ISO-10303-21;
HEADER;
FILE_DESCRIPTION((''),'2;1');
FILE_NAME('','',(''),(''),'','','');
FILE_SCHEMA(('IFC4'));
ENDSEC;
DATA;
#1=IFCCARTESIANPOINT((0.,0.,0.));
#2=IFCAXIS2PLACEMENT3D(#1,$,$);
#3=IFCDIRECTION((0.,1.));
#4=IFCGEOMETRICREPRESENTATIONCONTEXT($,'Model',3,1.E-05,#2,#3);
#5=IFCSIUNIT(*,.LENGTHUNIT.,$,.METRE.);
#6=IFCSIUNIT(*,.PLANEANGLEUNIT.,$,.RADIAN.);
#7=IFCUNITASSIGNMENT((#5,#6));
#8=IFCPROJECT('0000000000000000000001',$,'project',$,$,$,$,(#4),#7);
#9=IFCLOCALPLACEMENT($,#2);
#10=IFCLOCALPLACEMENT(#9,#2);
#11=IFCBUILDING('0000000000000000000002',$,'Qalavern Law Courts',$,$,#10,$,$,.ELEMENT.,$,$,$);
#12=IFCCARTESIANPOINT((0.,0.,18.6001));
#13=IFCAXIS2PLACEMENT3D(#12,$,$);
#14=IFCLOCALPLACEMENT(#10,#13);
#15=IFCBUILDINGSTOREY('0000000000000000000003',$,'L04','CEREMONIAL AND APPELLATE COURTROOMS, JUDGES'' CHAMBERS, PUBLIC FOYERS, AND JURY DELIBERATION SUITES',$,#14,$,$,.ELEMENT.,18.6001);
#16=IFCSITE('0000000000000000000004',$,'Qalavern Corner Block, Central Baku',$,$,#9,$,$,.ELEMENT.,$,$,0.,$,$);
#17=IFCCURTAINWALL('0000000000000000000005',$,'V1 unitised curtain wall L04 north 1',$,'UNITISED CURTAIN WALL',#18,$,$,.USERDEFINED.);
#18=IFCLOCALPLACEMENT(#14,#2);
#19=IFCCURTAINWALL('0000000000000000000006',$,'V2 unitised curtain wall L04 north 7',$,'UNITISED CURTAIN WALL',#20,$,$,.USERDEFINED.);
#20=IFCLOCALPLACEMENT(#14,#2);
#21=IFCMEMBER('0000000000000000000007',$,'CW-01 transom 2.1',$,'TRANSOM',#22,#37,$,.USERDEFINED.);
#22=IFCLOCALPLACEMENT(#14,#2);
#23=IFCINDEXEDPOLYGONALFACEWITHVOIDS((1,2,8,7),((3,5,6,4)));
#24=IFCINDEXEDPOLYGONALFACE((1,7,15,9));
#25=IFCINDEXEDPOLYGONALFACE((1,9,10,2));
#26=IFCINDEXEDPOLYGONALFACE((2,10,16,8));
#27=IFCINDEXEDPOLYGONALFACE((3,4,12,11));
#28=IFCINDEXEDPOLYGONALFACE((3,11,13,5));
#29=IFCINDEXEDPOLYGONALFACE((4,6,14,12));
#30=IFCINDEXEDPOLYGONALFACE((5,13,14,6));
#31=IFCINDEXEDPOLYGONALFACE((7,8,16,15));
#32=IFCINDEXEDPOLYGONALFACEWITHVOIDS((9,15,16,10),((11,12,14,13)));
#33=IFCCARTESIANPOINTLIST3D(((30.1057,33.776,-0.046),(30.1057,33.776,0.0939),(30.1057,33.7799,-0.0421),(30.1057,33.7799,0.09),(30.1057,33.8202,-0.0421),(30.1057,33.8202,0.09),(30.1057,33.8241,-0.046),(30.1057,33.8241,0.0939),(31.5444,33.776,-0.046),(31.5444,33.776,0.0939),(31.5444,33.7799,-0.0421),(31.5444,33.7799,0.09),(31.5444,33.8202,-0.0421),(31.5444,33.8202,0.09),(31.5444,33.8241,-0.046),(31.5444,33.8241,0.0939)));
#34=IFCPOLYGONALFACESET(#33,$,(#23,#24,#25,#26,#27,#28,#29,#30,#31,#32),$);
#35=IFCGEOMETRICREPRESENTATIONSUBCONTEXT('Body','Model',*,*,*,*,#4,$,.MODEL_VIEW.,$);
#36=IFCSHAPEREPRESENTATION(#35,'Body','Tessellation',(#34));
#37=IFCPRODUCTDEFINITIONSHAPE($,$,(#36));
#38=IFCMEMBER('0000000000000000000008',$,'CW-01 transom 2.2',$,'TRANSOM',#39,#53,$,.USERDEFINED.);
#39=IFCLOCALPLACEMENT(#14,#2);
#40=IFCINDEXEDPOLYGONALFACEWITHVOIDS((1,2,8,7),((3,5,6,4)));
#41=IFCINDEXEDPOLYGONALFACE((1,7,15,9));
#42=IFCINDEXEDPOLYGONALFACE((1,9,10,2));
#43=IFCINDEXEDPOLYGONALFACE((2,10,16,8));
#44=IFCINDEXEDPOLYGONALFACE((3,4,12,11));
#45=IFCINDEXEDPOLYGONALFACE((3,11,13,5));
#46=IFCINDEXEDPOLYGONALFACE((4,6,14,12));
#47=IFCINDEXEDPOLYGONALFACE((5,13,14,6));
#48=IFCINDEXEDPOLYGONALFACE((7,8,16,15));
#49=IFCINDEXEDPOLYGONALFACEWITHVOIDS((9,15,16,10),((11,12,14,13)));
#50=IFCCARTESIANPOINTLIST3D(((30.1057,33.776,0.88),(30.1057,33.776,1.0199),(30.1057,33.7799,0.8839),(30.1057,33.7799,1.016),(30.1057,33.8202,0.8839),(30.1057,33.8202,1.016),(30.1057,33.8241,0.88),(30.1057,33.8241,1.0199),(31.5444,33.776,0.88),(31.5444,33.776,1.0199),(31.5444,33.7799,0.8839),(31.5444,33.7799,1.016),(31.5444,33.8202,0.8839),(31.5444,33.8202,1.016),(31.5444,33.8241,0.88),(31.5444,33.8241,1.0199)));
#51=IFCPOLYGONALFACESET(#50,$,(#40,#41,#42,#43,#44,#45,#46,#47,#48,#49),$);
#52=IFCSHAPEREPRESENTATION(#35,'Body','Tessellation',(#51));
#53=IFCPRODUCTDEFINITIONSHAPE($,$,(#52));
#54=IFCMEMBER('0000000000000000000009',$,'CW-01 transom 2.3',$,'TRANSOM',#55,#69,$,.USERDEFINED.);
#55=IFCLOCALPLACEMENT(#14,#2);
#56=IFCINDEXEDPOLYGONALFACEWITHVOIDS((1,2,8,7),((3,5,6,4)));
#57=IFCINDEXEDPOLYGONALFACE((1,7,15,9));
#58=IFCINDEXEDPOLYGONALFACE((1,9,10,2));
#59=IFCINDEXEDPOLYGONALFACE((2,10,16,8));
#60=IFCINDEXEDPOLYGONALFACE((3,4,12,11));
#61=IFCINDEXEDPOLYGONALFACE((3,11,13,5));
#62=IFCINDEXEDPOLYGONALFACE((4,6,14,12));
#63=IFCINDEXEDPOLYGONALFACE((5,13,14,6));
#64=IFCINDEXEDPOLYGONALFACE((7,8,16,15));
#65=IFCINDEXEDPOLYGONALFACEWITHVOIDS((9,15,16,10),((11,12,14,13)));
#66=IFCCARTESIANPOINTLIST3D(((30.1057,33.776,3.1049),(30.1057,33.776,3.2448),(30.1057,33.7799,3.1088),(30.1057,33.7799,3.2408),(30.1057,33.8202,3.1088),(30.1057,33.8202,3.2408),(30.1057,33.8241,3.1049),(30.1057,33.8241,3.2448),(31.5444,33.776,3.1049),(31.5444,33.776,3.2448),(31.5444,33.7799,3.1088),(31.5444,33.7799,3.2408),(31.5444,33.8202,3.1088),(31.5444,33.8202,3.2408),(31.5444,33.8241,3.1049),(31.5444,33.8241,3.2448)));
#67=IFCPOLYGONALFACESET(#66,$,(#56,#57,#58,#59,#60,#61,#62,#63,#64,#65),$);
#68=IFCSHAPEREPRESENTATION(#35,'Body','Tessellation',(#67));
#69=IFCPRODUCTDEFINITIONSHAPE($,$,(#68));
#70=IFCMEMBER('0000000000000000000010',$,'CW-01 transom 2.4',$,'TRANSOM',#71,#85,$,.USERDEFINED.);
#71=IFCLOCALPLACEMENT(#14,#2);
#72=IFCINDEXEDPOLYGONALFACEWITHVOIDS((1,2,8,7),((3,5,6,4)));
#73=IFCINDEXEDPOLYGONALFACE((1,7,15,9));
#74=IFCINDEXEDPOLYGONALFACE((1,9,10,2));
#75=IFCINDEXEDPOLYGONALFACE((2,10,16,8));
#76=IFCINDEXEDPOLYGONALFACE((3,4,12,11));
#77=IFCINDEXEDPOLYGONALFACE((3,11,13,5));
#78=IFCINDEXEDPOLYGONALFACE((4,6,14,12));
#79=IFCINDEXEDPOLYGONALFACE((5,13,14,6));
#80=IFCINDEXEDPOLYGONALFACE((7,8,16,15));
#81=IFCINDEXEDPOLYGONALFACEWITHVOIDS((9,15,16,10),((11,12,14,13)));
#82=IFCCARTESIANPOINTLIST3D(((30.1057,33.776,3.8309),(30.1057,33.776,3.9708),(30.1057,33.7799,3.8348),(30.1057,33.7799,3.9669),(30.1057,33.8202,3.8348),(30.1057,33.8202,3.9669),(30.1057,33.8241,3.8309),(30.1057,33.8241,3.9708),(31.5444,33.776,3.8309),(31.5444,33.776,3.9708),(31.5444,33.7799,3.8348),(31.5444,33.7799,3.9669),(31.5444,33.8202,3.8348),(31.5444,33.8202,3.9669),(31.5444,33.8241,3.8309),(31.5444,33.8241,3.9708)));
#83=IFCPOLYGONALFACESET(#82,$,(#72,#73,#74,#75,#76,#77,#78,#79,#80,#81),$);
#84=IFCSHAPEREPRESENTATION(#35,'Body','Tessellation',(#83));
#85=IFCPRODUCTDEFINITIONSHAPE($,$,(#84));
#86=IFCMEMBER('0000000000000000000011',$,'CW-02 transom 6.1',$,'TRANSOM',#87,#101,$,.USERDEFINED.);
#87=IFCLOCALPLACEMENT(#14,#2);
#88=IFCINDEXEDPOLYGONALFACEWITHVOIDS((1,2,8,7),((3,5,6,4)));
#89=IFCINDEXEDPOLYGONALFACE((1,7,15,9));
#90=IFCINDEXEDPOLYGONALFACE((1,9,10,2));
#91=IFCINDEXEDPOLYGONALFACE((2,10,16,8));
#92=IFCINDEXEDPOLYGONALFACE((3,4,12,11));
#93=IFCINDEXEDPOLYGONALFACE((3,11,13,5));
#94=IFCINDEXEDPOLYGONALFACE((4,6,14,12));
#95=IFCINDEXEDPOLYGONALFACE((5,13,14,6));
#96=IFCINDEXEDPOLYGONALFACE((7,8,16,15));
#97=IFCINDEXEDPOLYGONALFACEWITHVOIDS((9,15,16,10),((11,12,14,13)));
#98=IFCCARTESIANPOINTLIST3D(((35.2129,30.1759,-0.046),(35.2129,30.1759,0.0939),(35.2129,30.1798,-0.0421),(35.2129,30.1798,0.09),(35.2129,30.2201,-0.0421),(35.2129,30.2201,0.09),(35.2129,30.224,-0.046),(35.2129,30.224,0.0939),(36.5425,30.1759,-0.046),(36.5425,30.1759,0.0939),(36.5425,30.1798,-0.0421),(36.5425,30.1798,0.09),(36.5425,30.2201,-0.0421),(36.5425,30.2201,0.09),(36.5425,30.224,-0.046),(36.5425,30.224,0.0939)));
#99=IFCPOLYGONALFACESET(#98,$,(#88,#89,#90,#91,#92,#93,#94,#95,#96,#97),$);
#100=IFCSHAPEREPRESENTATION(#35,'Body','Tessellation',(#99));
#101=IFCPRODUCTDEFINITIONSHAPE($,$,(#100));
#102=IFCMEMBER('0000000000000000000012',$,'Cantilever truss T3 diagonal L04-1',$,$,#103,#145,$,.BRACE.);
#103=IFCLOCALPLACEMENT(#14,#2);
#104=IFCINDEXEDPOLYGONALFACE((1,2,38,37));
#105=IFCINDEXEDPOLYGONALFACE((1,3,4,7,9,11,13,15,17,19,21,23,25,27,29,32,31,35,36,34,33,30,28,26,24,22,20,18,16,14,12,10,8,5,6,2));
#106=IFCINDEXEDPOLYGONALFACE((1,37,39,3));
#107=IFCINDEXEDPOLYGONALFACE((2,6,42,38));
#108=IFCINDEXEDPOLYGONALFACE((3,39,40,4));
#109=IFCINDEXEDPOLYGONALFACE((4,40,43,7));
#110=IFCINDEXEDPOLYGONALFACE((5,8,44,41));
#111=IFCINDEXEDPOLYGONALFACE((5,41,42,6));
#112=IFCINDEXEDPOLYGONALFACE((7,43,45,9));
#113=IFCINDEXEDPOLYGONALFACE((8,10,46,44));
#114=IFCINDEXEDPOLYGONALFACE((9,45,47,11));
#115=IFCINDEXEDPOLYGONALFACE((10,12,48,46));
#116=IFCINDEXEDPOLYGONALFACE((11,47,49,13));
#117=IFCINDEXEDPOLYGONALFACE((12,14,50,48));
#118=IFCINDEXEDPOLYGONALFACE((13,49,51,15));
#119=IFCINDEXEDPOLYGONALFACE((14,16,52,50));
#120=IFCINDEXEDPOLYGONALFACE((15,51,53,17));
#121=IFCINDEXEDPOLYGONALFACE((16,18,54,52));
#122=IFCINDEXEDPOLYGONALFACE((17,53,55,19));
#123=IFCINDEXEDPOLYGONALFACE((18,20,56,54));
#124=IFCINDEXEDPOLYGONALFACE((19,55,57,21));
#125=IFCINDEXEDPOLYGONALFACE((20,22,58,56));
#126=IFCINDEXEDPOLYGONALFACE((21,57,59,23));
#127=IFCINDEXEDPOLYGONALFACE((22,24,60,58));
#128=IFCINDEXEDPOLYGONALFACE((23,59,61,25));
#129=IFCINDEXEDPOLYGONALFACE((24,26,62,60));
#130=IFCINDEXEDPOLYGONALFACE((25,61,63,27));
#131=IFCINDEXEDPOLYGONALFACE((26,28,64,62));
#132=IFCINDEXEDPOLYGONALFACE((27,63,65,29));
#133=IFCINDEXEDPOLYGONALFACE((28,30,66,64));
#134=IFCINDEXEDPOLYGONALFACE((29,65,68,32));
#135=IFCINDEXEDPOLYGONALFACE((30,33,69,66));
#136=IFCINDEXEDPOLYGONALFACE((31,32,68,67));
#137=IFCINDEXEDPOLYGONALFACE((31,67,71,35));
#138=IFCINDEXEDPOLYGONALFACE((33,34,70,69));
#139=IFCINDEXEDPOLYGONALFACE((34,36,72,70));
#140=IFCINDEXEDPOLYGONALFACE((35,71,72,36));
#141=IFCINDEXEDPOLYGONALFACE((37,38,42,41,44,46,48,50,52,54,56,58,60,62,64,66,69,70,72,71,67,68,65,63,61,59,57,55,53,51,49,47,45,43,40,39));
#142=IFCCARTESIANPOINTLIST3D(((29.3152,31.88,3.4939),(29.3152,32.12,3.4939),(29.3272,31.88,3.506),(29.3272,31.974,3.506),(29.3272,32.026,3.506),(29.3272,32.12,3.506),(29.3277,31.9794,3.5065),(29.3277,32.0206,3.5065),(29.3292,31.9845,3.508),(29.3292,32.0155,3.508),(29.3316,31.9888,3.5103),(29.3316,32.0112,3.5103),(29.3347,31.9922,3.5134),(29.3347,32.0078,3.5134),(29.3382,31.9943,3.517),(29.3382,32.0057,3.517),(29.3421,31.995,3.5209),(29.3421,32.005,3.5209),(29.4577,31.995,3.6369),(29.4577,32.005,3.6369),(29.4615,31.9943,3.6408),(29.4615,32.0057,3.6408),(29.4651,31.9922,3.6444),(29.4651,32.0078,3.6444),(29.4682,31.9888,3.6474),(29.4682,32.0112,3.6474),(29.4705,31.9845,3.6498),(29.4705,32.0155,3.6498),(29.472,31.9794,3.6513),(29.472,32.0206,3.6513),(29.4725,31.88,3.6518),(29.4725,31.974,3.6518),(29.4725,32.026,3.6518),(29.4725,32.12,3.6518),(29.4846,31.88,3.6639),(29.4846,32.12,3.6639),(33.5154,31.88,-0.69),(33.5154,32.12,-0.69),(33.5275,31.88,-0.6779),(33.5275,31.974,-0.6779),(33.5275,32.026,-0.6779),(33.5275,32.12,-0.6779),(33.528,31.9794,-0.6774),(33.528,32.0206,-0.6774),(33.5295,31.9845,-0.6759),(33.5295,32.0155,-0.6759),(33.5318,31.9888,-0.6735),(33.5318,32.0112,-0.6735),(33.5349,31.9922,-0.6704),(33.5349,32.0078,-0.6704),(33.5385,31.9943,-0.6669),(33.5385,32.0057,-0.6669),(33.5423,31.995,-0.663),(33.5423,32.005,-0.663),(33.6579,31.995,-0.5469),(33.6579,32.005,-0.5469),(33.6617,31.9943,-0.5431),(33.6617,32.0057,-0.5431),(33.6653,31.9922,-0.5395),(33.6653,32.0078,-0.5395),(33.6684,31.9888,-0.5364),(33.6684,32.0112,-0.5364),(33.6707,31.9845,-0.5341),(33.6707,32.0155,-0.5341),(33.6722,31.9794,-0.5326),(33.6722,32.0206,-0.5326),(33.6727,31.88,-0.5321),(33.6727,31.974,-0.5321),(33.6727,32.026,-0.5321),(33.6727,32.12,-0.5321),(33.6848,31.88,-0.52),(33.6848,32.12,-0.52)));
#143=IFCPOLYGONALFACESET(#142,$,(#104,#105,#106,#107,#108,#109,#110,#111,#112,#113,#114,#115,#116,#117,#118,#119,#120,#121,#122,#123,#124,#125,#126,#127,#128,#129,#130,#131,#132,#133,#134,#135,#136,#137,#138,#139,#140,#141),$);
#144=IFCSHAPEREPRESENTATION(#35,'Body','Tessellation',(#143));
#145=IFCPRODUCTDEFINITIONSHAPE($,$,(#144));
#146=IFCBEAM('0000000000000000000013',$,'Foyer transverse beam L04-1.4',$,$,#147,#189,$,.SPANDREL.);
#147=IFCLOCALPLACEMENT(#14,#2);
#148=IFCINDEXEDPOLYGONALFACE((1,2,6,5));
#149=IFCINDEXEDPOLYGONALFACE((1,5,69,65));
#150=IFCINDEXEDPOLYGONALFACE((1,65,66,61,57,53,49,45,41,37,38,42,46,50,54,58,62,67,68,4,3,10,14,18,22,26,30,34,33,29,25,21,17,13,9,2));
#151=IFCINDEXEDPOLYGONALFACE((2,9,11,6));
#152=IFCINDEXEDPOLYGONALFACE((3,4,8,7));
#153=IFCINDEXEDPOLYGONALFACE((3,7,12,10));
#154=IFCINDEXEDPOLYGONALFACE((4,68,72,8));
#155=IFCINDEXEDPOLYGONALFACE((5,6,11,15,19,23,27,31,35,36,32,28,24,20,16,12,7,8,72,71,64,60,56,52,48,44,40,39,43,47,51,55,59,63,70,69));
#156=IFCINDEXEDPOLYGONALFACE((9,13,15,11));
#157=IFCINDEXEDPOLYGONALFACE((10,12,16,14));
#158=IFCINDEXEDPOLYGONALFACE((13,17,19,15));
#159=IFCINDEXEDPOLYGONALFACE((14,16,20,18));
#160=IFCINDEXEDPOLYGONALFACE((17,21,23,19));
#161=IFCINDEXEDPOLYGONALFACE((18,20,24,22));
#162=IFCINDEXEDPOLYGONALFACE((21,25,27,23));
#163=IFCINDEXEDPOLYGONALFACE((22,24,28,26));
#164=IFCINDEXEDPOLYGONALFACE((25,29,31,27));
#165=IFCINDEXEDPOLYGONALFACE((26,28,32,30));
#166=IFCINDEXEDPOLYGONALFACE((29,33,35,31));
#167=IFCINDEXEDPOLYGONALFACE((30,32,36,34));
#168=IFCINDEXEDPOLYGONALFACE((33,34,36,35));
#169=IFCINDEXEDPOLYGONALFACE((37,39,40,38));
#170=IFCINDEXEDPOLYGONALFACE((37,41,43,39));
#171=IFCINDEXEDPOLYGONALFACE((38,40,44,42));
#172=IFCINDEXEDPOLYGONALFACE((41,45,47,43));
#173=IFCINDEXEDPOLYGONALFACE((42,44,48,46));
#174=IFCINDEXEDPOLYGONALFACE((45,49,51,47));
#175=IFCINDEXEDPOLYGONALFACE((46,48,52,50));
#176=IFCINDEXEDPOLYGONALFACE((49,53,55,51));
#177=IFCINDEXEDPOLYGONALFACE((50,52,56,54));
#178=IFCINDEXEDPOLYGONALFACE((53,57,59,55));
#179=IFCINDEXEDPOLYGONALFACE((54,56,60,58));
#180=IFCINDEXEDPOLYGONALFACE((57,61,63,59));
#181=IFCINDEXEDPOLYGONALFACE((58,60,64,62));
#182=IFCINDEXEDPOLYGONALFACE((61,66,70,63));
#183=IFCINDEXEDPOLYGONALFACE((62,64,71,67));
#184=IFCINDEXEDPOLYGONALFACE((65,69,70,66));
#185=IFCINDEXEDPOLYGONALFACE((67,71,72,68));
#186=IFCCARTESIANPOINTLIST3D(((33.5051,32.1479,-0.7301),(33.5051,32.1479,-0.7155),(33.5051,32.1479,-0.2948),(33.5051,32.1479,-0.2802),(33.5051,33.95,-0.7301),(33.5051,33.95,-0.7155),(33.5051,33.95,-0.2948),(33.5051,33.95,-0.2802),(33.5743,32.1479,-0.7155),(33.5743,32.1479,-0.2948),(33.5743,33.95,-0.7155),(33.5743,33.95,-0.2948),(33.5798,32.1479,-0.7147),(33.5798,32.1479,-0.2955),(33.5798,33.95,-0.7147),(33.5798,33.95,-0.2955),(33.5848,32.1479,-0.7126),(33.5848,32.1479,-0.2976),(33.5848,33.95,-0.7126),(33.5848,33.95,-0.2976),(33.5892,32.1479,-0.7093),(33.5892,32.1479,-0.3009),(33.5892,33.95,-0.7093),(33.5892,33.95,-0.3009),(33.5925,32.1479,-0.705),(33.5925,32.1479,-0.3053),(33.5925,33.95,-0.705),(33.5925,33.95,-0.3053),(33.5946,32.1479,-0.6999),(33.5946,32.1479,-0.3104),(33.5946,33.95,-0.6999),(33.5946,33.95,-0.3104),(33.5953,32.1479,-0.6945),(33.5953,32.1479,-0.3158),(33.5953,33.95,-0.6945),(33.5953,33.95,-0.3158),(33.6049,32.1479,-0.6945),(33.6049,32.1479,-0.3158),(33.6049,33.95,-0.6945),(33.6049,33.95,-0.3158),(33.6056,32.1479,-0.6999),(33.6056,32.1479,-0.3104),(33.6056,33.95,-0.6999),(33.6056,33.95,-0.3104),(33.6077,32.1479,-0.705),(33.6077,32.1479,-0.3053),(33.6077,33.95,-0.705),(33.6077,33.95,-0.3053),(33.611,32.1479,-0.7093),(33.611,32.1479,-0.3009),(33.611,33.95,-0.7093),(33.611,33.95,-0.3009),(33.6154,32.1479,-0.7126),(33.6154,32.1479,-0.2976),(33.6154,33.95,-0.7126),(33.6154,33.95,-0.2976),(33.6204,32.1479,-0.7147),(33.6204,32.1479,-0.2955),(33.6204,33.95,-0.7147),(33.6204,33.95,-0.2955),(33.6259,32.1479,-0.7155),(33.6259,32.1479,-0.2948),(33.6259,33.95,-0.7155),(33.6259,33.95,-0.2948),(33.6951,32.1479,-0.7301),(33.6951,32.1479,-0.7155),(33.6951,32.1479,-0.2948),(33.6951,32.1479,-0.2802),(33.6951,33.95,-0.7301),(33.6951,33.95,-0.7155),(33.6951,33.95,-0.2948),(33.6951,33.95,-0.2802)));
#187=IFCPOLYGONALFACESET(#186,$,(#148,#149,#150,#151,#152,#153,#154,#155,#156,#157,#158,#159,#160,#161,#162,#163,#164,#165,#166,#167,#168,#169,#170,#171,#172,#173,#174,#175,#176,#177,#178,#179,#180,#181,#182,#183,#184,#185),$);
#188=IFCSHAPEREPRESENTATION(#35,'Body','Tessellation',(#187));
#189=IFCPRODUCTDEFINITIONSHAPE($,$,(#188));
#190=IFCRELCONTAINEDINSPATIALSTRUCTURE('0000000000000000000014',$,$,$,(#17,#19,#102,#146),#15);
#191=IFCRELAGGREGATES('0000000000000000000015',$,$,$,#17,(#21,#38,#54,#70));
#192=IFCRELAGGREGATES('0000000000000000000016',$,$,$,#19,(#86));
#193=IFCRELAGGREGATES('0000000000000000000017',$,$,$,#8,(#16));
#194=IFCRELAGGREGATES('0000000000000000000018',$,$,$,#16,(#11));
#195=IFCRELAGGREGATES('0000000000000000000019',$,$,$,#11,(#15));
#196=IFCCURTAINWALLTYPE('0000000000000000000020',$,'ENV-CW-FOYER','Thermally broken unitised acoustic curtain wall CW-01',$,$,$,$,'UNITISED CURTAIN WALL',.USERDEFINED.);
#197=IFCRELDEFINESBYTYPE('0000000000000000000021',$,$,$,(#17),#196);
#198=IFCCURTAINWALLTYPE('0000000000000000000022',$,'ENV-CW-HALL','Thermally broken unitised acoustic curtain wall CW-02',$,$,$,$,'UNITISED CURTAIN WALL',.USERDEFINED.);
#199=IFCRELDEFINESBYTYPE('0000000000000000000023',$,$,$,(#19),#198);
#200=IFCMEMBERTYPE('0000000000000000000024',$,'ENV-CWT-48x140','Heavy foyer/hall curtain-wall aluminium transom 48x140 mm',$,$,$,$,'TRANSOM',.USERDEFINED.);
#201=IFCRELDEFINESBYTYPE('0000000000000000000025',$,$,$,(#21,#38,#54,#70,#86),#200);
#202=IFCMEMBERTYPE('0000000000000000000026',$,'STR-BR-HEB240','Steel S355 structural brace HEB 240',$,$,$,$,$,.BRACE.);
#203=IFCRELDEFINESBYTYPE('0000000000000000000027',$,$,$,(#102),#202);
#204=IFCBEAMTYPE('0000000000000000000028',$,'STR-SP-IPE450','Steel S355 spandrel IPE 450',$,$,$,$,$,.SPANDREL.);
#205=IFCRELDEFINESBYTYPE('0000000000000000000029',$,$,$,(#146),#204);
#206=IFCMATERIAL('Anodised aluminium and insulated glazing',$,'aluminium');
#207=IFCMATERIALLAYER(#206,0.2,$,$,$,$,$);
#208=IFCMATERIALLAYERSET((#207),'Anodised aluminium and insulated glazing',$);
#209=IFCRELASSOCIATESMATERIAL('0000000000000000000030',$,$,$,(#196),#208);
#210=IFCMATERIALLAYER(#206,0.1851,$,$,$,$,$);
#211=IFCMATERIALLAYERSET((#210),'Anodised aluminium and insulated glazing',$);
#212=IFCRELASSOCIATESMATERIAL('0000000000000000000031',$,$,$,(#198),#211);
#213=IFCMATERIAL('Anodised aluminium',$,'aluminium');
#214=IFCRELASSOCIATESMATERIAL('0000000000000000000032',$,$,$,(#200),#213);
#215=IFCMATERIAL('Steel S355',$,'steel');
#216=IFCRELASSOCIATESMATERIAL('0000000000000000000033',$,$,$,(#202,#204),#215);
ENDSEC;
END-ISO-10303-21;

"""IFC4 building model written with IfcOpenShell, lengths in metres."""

from ifc_helpers import new_model, si_unit, direction, frame, origin, origin_2d, place, context, subcontext, project, spatial, hollow_rectangle, i_section, extrude, material, layer, layer_set, material_profile, profile_set, type_object, element, aggregate, save


model = new_model("IFC4")

# Units and contexts
model_context = context("Model", 3, precision=1e-05, world=origin(), true_north=direction((0.0, 1.0)))
body_context = subcontext(model_context, "Body", "Model", "MODEL_VIEW")
ifc_project = project(units=[si_unit("LENGTHUNIT", "METRE"), si_unit("PLANEANGLEUNIT", "RADIAN")], contexts=[model_context])

# Site, building, storey
site_placement = place(None, origin())
site = spatial("IfcSite", under=ifc_project, at=site_placement, Name="Qalavern Corner Block, Central Baku", CompositionType="ELEMENT", RefElevation=0.0)
building_placement = place(site_placement, origin())
building = spatial("IfcBuilding", under=site, at=building_placement, Name="Qalavern Law Courts", CompositionType="ELEMENT")
storey_placement = place(building_placement, frame((0.0, 0.0, 18.6001)))
storey = spatial("IfcBuildingStorey", under=building, at=storey_placement, Name="L04", Description="CEREMONIAL AND APPELLATE COURTROOMS, JUDGES' CHAMBERS, PUBLIC FOYERS, AND JURY DELIBERATION SUITES", CompositionType="ELEMENT", Elevation=18.6001)

# Shared definitions
ifc_material_1 = material(Name="Anodised aluminium and insulated glazing", Category="aluminium")
ifc_layer_1 = layer(ifc_material_1, 0.2)
ifc_layer_set_1 = layer_set([ifc_layer_1], Name="Anodised aluminium and insulated glazing")
curtain_wall_type_1 = type_object("IfcCurtainWallType", Name="ENV-CW-FOYER", Description="Thermally broken unitised acoustic curtain wall CW-01", ElementType="UNITISED CURTAIN WALL", PredefinedType="USERDEFINED", material=ifc_layer_set_1)
ifc_material_2 = material(Name="Anodised aluminium", Category="aluminium")

# Curtain wall
curtain_wall_1_placement = place(storey_placement, origin())
curtain_wall_1 = element("IfcCurtainWall", 1, at=curtain_wall_1_placement, inside=storey, type_object=curtain_wall_type_1, Name="V1 unitised curtain wall L04 north 1", ObjectType="UNITISED CURTAIN WALL", PredefinedType="USERDEFINED")

# Curtain wall
ifc_layer_2 = layer(ifc_material_1, 0.1851)
ifc_layer_set_2 = layer_set([ifc_layer_2], Name="Anodised aluminium and insulated glazing")
curtain_wall_type_2 = type_object("IfcCurtainWallType", Name="ENV-CW-HALL", Description="Thermally broken unitised acoustic curtain wall CW-02", ElementType="UNITISED CURTAIN WALL", PredefinedType="USERDEFINED", material=ifc_layer_set_2)
curtain_wall_2_placement = place(storey_placement, origin())
curtain_wall_2 = element("IfcCurtainWall", 2, at=curtain_wall_2_placement, inside=storey, type_object=curtain_wall_type_2, Name="V2 unitised curtain wall L04 north 7", ObjectType="UNITISED CURTAIN WALL", PredefinedType="USERDEFINED")

# Members
ifc_material_profile_1 = material_profile(ifc_material_2, hollow_rectangle(XDim=0.0481, YDim=0.1399, WallThickness=0.0039, at=origin_2d()), Name="ALU TRANSOM 48x140")
ifc_profile_set_1 = profile_set([ifc_material_profile_1], Name="Anodised aluminium")
member_type_1 = type_object("IfcMemberType", Name="ENV-CWT-48x140", Description="Heavy foyer/hall curtain-wall aluminium transom 48x140 mm", ElementType="TRANSOM", PredefinedType="USERDEFINED", material=ifc_profile_set_1)
member_1_placement = place(storey_placement, frame((31.5444, 33.8, 0.0239), z_axis=(-1.0, 0.0, 0.0), x_axis=(0.0, -1.0, 0.0)))
member_1 = element("IfcMember", 3, at=member_1_placement, type_object=member_type_1, Name="CW-01 transom 2.1", ObjectType="TRANSOM", PredefinedType="USERDEFINED", context=body_context, shape_type="SweptSolid", body=[
    extrude(hollow_rectangle(XDim=0.0481, YDim=0.1399, WallThickness=0.0039, at=origin_2d()), origin(), (0.0, 0.0, 1.0), 1.4387),
])
member_2_placement = place(storey_placement, frame((31.5444, 33.8, 0.95), z_axis=(-1.0, 0.0, 0.0), x_axis=(0.0, -1.0, 0.0)))
member_2 = element("IfcMember", 4, at=member_2_placement, type_object=member_type_1, Name="CW-01 transom 2.2", ObjectType="TRANSOM", PredefinedType="USERDEFINED", context=body_context, shape_type="SweptSolid", body=[
    extrude(hollow_rectangle(XDim=0.0481, YDim=0.1399, WallThickness=0.0039, at=origin_2d()), origin(), (0.0, 0.0, 1.0), 1.4387),
])
member_3_placement = place(storey_placement, frame((31.5444, 33.8, 3.1748), z_axis=(-1.0, 0.0, 0.0), x_axis=(0.0, -1.0, 0.0)))
member_3 = element("IfcMember", 5, at=member_3_placement, type_object=member_type_1, Name="CW-01 transom 2.3", ObjectType="TRANSOM", PredefinedType="USERDEFINED", context=body_context, shape_type="SweptSolid", body=[
    extrude(hollow_rectangle(XDim=0.0481, YDim=0.1399, WallThickness=0.0039, at=origin_2d()), origin(), (0.0, 0.0, 1.0), 1.4387),
])
member_4_placement = place(storey_placement, frame((31.5444, 33.8, 3.9009), z_axis=(-1.0, 0.0, 0.0), x_axis=(0.0, -1.0, 0.0)))
member_4 = element("IfcMember", 6, at=member_4_placement, type_object=member_type_1, Name="CW-01 transom 2.4", ObjectType="TRANSOM", PredefinedType="USERDEFINED", context=body_context, shape_type="SweptSolid", body=[
    extrude(hollow_rectangle(XDim=0.0481, YDim=0.1399, WallThickness=0.0039, at=origin_2d()), origin(), (0.0, 0.0, 1.0), 1.4387),
])
member_5_placement = place(storey_placement, frame((36.5425, 30.2, 0.0239), z_axis=(-1.0, 0.0, 0.0), x_axis=(0.0, -1.0, 0.0)))
member_5 = element("IfcMember", 7, at=member_5_placement, type_object=member_type_1, Name="CW-02 transom 6.1", ObjectType="TRANSOM", PredefinedType="USERDEFINED", context=body_context, shape_type="SweptSolid", body=[
    extrude(hollow_rectangle(XDim=0.0481, YDim=0.1399, WallThickness=0.0039, at=origin_2d()), origin(), (0.0, 0.0, 1.0), 1.3296),
])
ifc_material_3 = material(Name="Steel S355", Category="steel")
ifc_material_profile_2 = material_profile(ifc_material_3, i_section(OverallWidth=0.24, OverallDepth=0.24, WebThickness=0.01, FlangeThickness=0.0171, FilletRadius=0.021, at=origin_2d()), Name="HEB 240")
ifc_profile_set_2 = profile_set([ifc_material_profile_2], Name="Steel S355")
member_type_2 = type_object("IfcMemberType", Name="STR-BR-HEB240", Description="Steel S355 structural brace HEB 240", PredefinedType="BRACE", material=ifc_profile_set_2)
member_6_placement = place(storey_placement, frame((33.6001, 32.0, -0.605), z_axis=(-0.708485, 0.0, 0.705726), x_axis=(0.0, -1.0, 0.0)))
element("IfcMember", 8, at=member_6_placement, inside=storey, type_object=member_type_2, Name="Cantilever truss T3 diagonal L04-1", PredefinedType="BRACE", context=body_context, shape_type="SweptSolid", body=[
    extrude(i_section(OverallWidth=0.24, OverallDepth=0.24, WebThickness=0.01, FlangeThickness=0.0171, FilletRadius=0.021, at=origin_2d()), origin(), (0.0, 0.0, 1.0), 5.9285),
])

# Beam
ifc_material_profile_3 = material_profile(ifc_material_3, i_section(OverallWidth=0.1899, OverallDepth=0.45, WebThickness=0.0095, FlangeThickness=0.0146, FilletRadius=0.021, at=origin_2d()), Name="IPE 450")
ifc_profile_set_3 = profile_set([ifc_material_profile_3], Name="Steel S355")
beam_type_1 = type_object("IfcBeamType", Name="STR-SP-IPE450", Description="Steel S355 spandrel IPE 450", PredefinedType="SPANDREL", material=ifc_profile_set_3)
beam_1_placement = place(storey_placement, frame((33.6001, 32.1479, -0.5051), z_axis=(0.0, 1.0, 0.0), x_axis=(-1.0, 0.0, 0.0)))
element("IfcBeam", 9, at=beam_1_placement, inside=storey, type_object=beam_type_1, Name="Foyer transverse beam L04-1.4", PredefinedType="SPANDREL", context=body_context, shape_type="SweptSolid", body=[
    extrude(i_section(OverallWidth=0.1899, OverallDepth=0.45, WebThickness=0.0095, FlangeThickness=0.0146, FilletRadius=0.021, at=origin_2d()), origin(), (0.0, 0.0, 1.0), 1.802),
])

aggregate(curtain_wall_1, [member_1, member_2, member_3, member_4])
aggregate(curtain_wall_2, [member_5])

save(model, "model.ifc")
